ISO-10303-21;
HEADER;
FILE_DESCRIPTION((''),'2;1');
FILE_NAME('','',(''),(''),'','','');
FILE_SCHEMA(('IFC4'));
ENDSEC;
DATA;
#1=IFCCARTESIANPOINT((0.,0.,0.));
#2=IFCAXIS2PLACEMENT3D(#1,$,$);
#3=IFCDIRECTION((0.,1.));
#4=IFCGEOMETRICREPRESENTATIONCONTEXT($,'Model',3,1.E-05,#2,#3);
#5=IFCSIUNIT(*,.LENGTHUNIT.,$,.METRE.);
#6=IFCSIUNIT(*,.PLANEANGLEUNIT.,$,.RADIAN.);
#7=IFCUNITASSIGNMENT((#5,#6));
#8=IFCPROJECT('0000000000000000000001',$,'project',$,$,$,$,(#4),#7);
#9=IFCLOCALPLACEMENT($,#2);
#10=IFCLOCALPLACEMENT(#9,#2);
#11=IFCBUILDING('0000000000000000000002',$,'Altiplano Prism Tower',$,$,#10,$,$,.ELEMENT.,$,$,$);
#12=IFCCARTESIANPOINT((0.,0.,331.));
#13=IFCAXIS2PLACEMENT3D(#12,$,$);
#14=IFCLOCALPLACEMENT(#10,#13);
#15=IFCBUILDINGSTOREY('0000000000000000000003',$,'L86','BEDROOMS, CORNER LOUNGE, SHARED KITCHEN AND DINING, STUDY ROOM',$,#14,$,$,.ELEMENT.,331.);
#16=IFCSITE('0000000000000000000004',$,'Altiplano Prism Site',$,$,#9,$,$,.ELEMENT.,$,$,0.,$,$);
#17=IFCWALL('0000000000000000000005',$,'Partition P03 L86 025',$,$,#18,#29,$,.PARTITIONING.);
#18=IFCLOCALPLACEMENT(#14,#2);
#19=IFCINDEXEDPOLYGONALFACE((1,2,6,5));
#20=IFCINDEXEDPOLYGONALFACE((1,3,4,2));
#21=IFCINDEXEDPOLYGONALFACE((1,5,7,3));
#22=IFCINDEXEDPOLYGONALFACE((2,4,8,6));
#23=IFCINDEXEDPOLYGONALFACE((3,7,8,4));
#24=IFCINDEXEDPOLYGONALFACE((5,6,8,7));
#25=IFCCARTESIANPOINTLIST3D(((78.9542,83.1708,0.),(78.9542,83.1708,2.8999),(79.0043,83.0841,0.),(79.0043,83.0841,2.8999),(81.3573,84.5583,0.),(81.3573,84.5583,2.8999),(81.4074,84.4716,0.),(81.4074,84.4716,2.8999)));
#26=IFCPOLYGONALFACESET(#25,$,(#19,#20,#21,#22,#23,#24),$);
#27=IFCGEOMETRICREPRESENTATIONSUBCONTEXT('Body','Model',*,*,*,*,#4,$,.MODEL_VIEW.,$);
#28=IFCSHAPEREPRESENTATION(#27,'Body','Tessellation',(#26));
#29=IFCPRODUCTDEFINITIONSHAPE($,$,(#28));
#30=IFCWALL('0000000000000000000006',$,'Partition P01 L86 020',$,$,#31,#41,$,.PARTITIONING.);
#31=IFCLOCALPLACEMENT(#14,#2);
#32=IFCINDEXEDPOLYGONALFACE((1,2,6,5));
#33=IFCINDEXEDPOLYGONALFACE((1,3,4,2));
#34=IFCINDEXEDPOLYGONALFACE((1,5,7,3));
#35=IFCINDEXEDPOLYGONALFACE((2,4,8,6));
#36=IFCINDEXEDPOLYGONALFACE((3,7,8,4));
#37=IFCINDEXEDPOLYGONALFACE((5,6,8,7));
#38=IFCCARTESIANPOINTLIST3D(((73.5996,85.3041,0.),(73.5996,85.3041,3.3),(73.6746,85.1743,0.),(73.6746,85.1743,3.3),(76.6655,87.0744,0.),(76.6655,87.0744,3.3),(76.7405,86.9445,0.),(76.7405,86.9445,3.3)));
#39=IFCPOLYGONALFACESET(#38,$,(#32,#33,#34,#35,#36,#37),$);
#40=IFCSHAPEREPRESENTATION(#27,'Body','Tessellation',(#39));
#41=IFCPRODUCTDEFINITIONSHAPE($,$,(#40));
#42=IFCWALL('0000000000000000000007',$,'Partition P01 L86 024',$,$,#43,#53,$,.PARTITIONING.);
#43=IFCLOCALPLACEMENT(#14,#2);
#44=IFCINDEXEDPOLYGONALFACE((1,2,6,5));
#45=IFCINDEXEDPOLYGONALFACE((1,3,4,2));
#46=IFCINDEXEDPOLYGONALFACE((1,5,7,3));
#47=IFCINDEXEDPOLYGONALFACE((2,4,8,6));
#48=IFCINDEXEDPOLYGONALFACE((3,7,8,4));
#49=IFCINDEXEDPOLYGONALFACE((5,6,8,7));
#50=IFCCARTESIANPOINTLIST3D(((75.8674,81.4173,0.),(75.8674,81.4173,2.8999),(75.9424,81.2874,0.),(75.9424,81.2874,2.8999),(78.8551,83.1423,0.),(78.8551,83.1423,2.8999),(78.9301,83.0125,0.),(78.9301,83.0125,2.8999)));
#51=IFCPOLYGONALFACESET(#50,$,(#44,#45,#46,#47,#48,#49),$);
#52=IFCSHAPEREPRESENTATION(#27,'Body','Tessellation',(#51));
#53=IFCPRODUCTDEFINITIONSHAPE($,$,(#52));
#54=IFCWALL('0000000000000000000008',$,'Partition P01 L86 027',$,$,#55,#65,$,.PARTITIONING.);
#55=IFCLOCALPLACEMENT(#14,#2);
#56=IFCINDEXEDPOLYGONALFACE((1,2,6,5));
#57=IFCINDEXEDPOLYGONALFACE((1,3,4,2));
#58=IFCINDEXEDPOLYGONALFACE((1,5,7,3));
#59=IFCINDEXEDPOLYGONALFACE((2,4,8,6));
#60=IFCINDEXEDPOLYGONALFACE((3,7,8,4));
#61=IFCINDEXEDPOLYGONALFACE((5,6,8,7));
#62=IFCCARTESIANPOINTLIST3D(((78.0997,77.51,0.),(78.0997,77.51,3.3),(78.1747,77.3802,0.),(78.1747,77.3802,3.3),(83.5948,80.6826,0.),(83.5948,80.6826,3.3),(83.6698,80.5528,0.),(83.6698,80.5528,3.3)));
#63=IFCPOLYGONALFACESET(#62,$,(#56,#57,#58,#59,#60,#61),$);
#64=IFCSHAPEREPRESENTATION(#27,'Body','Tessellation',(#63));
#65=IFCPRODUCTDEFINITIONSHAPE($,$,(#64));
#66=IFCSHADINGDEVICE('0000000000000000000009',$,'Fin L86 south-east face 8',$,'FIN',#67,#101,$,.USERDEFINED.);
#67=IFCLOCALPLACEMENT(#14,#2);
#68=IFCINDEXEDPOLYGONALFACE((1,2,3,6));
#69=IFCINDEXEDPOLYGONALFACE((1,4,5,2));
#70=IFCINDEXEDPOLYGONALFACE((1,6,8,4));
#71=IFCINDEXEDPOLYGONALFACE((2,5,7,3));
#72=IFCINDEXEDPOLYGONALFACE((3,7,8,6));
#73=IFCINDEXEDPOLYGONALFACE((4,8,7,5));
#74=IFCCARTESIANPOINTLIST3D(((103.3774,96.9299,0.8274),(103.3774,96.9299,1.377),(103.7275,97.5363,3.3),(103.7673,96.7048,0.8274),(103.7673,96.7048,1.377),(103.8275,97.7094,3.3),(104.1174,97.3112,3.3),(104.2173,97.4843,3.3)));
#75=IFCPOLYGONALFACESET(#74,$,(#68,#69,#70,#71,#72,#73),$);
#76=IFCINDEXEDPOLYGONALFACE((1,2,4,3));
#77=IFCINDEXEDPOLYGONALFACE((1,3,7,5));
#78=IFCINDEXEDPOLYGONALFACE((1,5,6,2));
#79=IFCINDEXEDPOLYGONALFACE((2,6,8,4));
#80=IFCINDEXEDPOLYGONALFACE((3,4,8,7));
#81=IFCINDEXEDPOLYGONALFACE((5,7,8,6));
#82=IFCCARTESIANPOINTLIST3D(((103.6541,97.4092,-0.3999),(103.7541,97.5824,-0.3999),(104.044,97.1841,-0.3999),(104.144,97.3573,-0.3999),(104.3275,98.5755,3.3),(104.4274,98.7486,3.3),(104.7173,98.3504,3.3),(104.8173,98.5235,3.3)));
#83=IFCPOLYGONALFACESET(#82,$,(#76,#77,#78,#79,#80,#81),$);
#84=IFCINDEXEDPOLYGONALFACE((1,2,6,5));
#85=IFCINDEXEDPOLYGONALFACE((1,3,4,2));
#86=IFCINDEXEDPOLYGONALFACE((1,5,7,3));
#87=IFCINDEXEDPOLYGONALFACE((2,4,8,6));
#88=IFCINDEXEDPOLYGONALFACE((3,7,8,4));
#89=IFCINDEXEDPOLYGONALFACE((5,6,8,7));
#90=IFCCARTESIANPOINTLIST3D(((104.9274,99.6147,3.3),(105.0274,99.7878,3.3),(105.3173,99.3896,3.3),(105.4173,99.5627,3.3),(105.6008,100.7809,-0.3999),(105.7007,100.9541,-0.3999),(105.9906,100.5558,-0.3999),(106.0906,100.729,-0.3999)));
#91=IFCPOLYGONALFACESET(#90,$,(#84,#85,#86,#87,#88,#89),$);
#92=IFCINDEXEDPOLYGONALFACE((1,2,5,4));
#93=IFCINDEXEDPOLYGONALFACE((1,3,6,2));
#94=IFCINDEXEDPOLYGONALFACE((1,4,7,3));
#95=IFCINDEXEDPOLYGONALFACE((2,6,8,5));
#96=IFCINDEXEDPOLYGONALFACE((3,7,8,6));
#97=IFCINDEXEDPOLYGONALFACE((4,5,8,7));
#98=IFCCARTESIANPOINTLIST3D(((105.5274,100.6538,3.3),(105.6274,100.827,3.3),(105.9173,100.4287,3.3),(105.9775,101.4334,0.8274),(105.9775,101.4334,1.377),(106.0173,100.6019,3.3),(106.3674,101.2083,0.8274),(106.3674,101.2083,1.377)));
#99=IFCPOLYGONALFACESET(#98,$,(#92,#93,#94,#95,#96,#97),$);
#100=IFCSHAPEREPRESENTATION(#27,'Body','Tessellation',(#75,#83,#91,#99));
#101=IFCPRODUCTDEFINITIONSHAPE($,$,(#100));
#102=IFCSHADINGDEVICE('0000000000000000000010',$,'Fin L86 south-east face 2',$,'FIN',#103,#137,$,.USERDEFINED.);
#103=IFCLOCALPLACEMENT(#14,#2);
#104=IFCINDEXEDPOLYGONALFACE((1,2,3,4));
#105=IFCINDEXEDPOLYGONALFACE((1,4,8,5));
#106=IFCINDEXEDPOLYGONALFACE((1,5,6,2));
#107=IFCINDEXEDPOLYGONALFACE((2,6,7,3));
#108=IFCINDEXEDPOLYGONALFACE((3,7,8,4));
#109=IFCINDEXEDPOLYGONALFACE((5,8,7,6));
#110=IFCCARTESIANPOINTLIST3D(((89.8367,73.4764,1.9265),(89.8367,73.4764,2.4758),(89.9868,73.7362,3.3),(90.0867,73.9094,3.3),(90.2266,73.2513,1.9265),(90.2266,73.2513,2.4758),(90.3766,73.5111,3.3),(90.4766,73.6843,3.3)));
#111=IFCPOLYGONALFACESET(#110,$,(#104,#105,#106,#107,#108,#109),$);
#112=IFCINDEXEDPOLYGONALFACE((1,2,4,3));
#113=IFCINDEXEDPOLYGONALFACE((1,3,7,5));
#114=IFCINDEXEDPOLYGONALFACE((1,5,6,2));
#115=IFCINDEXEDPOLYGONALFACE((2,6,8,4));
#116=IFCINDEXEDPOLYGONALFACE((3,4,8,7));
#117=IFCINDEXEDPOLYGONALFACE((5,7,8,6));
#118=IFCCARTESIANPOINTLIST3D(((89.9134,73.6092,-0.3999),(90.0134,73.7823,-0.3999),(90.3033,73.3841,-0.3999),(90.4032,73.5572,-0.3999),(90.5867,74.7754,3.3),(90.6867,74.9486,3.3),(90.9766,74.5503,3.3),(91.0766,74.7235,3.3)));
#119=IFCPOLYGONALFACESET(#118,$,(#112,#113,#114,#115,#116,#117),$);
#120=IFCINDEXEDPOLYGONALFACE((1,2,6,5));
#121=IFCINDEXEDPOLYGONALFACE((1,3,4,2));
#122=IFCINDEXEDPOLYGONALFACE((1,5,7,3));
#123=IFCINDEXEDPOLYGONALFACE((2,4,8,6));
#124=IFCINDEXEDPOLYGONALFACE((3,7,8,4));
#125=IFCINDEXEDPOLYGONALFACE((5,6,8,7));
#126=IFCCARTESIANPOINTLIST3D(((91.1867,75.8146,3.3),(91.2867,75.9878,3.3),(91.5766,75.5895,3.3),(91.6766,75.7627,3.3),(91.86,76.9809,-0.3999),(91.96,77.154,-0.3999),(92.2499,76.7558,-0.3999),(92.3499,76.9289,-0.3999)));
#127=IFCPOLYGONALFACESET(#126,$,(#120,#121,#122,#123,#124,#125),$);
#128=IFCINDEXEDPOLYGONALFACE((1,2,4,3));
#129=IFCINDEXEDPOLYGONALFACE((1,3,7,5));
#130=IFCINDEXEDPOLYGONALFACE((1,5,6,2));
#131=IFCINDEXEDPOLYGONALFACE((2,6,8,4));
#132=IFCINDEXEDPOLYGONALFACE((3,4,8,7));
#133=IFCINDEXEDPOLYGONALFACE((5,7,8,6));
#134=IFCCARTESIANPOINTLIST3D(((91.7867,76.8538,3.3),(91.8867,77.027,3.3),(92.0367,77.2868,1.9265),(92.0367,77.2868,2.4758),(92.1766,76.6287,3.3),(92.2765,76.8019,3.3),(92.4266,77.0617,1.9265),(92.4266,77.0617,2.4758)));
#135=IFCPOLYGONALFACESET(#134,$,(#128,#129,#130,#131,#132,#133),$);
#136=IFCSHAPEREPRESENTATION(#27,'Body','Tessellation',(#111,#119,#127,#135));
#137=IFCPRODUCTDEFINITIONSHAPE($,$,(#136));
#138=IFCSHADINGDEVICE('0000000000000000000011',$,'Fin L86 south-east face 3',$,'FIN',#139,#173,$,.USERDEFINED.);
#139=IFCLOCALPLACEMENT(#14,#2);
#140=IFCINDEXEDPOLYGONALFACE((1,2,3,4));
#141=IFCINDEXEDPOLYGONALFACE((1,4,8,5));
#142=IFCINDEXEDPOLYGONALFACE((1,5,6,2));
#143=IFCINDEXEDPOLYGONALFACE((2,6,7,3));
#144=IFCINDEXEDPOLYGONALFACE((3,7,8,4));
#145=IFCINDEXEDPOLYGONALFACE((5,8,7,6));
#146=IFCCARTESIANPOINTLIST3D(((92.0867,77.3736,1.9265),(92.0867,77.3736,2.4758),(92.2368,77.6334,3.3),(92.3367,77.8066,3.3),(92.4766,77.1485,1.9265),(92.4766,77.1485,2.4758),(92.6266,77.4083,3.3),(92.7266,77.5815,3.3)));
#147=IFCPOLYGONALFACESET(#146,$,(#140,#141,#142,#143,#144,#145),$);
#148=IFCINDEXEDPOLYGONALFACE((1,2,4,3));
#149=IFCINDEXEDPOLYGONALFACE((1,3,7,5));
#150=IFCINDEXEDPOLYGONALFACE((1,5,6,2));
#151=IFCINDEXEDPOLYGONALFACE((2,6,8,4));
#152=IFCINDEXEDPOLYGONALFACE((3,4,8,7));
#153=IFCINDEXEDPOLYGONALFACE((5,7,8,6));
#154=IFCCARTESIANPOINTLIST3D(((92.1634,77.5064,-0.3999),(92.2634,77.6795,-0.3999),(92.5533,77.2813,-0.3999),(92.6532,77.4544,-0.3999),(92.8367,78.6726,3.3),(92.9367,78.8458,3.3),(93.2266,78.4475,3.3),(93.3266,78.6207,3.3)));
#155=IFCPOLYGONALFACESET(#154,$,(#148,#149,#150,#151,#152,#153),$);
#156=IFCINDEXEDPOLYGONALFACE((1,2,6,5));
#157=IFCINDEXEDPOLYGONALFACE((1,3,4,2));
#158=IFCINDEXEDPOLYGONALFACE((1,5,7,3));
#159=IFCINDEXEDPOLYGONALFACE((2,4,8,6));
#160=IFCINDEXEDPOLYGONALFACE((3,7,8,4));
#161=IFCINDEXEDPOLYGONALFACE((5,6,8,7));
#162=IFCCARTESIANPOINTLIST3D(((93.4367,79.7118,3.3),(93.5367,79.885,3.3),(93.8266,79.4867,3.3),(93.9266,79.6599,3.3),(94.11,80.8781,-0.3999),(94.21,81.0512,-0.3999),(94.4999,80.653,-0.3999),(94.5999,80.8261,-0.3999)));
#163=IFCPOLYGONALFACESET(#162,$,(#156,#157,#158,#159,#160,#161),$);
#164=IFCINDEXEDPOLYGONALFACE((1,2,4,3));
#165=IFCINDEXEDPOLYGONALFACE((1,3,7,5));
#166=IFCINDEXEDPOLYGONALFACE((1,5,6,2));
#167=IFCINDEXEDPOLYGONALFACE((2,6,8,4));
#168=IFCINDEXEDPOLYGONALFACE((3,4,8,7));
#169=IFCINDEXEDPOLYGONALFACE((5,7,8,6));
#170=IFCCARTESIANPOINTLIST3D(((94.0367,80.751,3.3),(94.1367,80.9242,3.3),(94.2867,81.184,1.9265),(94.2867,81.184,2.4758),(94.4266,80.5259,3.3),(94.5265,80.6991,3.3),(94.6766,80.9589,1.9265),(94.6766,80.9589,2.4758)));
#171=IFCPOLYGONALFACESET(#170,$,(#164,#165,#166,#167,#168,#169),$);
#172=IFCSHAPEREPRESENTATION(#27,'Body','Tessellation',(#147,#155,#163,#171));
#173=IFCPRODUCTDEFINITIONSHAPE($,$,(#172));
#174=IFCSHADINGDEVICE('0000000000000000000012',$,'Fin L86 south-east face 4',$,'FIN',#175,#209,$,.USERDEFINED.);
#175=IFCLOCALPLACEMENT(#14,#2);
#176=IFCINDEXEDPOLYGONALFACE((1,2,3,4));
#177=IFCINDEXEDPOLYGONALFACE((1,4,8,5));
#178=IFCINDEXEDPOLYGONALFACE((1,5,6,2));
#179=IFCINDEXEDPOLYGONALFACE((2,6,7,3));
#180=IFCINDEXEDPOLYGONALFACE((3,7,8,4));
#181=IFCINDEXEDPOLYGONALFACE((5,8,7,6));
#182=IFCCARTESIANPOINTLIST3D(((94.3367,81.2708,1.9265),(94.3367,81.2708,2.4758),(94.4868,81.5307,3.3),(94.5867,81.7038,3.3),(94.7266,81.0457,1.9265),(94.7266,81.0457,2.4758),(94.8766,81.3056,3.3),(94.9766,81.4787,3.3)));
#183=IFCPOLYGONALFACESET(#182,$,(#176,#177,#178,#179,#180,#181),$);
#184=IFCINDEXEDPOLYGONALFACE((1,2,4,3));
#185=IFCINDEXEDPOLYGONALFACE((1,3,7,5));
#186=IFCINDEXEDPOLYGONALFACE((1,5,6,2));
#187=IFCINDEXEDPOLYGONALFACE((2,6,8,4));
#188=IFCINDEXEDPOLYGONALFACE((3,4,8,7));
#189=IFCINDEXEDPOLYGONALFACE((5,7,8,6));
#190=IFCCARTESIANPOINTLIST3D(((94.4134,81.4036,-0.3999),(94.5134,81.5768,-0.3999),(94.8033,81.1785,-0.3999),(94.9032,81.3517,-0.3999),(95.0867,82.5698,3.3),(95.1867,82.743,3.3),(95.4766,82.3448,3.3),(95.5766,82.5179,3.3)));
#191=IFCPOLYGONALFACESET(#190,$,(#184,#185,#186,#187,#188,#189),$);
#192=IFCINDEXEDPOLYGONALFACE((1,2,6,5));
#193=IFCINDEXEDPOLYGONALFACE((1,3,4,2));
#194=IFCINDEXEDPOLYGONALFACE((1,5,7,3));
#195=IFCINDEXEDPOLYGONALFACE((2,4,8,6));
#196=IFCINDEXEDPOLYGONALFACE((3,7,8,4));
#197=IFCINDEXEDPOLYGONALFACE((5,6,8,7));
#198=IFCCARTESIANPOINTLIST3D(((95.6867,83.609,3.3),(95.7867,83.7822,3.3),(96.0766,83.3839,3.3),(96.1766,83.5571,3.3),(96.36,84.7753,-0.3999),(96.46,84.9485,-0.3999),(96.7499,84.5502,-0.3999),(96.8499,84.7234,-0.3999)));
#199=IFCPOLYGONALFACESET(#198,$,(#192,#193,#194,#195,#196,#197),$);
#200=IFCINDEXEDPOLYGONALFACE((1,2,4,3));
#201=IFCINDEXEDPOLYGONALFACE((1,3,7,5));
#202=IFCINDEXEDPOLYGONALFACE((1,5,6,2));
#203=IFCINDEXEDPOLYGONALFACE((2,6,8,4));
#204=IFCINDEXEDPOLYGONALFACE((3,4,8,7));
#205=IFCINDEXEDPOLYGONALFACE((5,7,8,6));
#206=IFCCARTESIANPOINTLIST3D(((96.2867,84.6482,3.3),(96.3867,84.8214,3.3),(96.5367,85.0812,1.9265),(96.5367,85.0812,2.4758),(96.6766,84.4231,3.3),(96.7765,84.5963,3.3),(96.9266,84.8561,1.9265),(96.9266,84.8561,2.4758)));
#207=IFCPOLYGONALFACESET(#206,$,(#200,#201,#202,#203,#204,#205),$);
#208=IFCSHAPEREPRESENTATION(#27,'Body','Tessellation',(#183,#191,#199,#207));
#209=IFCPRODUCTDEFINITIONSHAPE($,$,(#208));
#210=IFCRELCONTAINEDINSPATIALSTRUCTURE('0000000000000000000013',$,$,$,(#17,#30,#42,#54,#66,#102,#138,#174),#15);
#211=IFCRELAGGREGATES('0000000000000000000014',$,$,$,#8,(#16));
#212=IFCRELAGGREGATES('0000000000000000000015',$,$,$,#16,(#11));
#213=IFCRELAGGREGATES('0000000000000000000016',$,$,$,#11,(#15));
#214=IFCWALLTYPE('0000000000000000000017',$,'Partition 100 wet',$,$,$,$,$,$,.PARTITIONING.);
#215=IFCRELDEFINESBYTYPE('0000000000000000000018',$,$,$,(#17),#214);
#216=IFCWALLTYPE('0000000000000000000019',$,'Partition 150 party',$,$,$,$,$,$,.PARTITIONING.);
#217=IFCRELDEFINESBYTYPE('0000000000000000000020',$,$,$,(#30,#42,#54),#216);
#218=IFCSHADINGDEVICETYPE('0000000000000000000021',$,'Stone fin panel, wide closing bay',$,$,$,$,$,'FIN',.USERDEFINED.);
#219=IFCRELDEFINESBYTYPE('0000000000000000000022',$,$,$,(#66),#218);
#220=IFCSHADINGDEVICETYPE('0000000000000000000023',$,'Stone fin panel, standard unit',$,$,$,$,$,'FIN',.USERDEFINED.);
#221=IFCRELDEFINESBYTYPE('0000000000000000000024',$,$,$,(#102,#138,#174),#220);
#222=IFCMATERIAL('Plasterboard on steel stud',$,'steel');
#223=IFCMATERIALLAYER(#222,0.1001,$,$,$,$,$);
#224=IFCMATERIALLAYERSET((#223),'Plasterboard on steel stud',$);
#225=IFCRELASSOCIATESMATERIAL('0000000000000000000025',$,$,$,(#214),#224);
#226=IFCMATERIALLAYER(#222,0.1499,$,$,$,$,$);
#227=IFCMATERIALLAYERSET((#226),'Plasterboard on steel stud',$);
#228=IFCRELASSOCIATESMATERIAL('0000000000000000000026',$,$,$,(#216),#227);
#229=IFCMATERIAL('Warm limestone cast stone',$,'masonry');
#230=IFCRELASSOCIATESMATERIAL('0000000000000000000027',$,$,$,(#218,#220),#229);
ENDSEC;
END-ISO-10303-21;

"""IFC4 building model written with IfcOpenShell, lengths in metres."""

from ifc_helpers import new_model, si_unit, direction, frame, frame_2d, origin, place, context, subcontext, project, spatial, polyline, rectangle, outline, extrude, source, transform, mapped, material, layer, layer_set, type_object, element, save


model = new_model("IFC4")

# Units and contexts
model_context = context("Model", 3, precision=1e-05, world=origin(), true_north=direction((0.0, 1.0)))
body_context = subcontext(model_context, "Body", "Model", "MODEL_VIEW")
ifc_project = project(units=[si_unit("LENGTHUNIT", "METRE"), si_unit("PLANEANGLEUNIT", "RADIAN")], contexts=[model_context])

# Site, building, storey
site_placement = place(None, origin())
site = spatial("IfcSite", under=ifc_project, at=site_placement, Name="Altiplano Prism Site", CompositionType="ELEMENT", RefElevation=0.0)
building_placement = place(site_placement, origin())
building = spatial("IfcBuilding", under=site, at=building_placement, Name="Altiplano Prism Tower", CompositionType="ELEMENT")
storey_placement = place(building_placement, frame((0.0, 0.0, 331.0)))
storey = spatial("IfcBuildingStorey", under=building, at=storey_placement, Name="L86", Description="BEDROOMS, CORNER LOUNGE, SHARED KITCHEN AND DINING, STUDY ROOM", CompositionType="ELEMENT", Elevation=331.0)

# Walls
ifc_material_1 = material(Name="Plasterboard on steel stud", Category="steel")
ifc_layer_1 = layer(ifc_material_1, 0.1001)
ifc_layer_set_1 = layer_set([ifc_layer_1], Name="Plasterboard on steel stud")
wall_type_1 = type_object("IfcWallType", Name="Partition 100 wet", PredefinedType="PARTITIONING", material=ifc_layer_set_1)
wall_1_placement = place(storey_placement, frame((78.9792, 83.1274, 0.0), z_axis=(0.0, 0.0, 1.0), x_axis=(0.86602, 0.500009, 0.0)))
element("IfcWall", 1, at=wall_1_placement, inside=storey, type_object=wall_type_1, Name="Partition P03 L86 025", PredefinedType="PARTITIONING", context=body_context, shape_type="SweptSolid", body=[
    extrude(rectangle(XDim=2.7749, YDim=0.1001, at=frame_2d((1.3875, 0.0))), origin(), (0.0, 0.0, 1.0), 2.8999),
])
ifc_layer_2 = layer(ifc_material_1, 0.1499)
ifc_layer_set_2 = layer_set([ifc_layer_2], Name="Plasterboard on steel stud")
wall_type_2 = type_object("IfcWallType", Name="Partition 150 party", PredefinedType="PARTITIONING", material=ifc_layer_set_2)
wall_2_placement = place(storey_placement, frame((73.6372, 85.2393, 0.0), z_axis=(0.0, 0.0, 1.0), x_axis=(0.866006, 0.500033, 0.0)))
element("IfcWall", 2, at=wall_2_placement, inside=storey, type_object=wall_type_2, Name="Partition P01 L86 020", PredefinedType="PARTITIONING", context=body_context, shape_type="SweptSolid", body=[
    extrude(rectangle(XDim=3.5403, YDim=0.1499, at=frame_2d((1.77, 0.0))), origin(), (0.0, 0.0, 1.0), 3.3),
])
wall_3_placement = place(storey_placement, frame((75.9048, 81.3523, 0.0), z_axis=(0.0, 0.0, 1.0), x_axis=(0.866014, 0.500021, 0.0)))
element("IfcWall", 3, at=wall_3_placement, inside=storey, type_object=wall_type_2, Name="Partition P01 L86 024", PredefinedType="PARTITIONING", context=body_context, shape_type="SweptSolid", body=[
    extrude(rectangle(XDim=3.45, YDim=0.1499, at=frame_2d((1.7251, 0.0))), origin(), (0.0, 0.0, 1.0), 2.8999),
])
wall_4_placement = place(storey_placement, frame((78.1372, 77.4451, 0.0), z_axis=(0.0, 0.0, 1.0), x_axis=(0.866025, 0.5, 0.0)))
element("IfcWall", 4, at=wall_4_placement, inside=storey, type_object=wall_type_2, Name="Partition P01 L86 027", PredefinedType="PARTITIONING", context=body_context, shape_type="SweptSolid", body=[
    extrude(rectangle(XDim=6.3452, YDim=0.1499, at=frame_2d((3.1726, 0.0))), origin(), (0.0, 0.0, 1.0), 3.3),
])

# Shading devices
ifc_material_2 = material(Name="Warm limestone cast stone", Category="masonry")
shading_device_type_1 = type_object("IfcShadingDeviceType", Name="Stone fin panel, wide closing bay", ElementType="FIN", PredefinedType="USERDEFINED", material=ifc_material_2)
shared_shape_1 = source(origin(), body_context, "Body", "SweptSolid", [
    extrude(outline(polyline([(-2.6001, 1.2273), (-1.7, 3.7), (-1.8999, 3.7), (-2.6001, 1.7769), (-2.6001, 1.2273)])), frame((0.0, -0.1499, 0.0), z_axis=(0.0, -1.0, 0.0), x_axis=(1.0, 0.0, 0.0)), (0.0, 0.0, 1.0), 0.4502),
    extrude(outline(polyline([(-2.0466, 0.0), (-1.8467, 0.0), (-0.5, 3.7), (-0.7, 3.7), (-2.0466, 0.0)])), frame((0.0, -0.1499, 0.0), z_axis=(0.0, -1.0, 0.0), x_axis=(1.0, 0.0, 0.0)), (0.0, 0.0, 1.0), 0.4502),
    extrude(outline(polyline([(1.8467, 0.0), (2.0466, 0.0), (0.7, 3.7), (0.5, 3.7), (1.8467, 0.0)])), frame((0.0, -0.1499, 0.0), z_axis=(0.0, -1.0, 0.0), x_axis=(1.0, 0.0, 0.0)), (0.0, 0.0, 1.0), 0.4502),
    extrude(outline(polyline([(2.6001, 1.7769), (1.8999, 3.7), (1.7, 3.7), (2.6001, 1.2273), (2.6001, 1.7769)])), frame((0.0, -0.1499, 0.0), z_axis=(0.0, -1.0, 0.0), x_axis=(1.0, 0.0, 0.0)), (0.0, 0.0, 1.0), 0.4502),
])
shading_device_1_placement = place(storey_placement, origin())
element("IfcShadingDevice", 5, at=shading_device_1_placement, inside=storey, type_object=shading_device_type_1, Name="Fin L86 south-east face 8", ObjectType="FIN", PredefinedType="USERDEFINED", context=body_context, shape_type="MappedRepresentation", body=[
    mapped(shared_shape_1, transform((104.5476, 99.2566, -0.3999), x_axis=(0.5, 0.866025, 0.0), y_axis=(-0.866025, 0.5, 0.0), z_axis=(0.0, 0.0, 1.0))),
])
shading_device_type_2 = type_object("IfcShadingDeviceType", Name="Stone fin panel, standard unit", ElementType="FIN", PredefinedType="USERDEFINED", material=ifc_material_2)
shared_shape_2 = source(origin(), body_context, "Body", "SweptSolid", [
    extrude(outline(polyline([(-2.2, 2.3264), (-1.7, 3.7), (-1.8999, 3.7), (-2.2, 2.8757), (-2.2, 2.3264)])), frame((0.0, -0.1499, 0.0), z_axis=(0.0, -1.0, 0.0), x_axis=(1.0, 0.0, 0.0)), (0.0, 0.0, 1.0), 0.4502),
    extrude(outline(polyline([(-2.0466, 0.0), (-1.8467, 0.0), (-0.5, 3.7), (-0.7, 3.7), (-2.0466, 0.0)])), frame((0.0, -0.1499, 0.0), z_axis=(0.0, -1.0, 0.0), x_axis=(1.0, 0.0, 0.0)), (0.0, 0.0, 1.0), 0.4502),
    extrude(outline(polyline([(1.8467, 0.0), (2.0466, 0.0), (0.7, 3.7), (0.5, 3.7), (1.8467, 0.0)])), frame((0.0, -0.1499, 0.0), z_axis=(0.0, -1.0, 0.0), x_axis=(1.0, 0.0, 0.0)), (0.0, 0.0, 1.0), 0.4502),
    extrude(outline(polyline([(2.2, 2.8757), (1.8999, 3.7), (1.7, 3.7), (2.2, 2.3264), (2.2, 2.8757)])), frame((0.0, -0.1499, 0.0), z_axis=(0.0, -1.0, 0.0), x_axis=(1.0, 0.0, 0.0)), (0.0, 0.0, 1.0), 0.4502),
])
shading_device_2_placement = place(storey_placement, origin())
element("IfcShadingDevice", 6, at=shading_device_2_placement, inside=storey, type_object=shading_device_type_2, Name="Fin L86 south-east face 2", ObjectType="FIN", PredefinedType="USERDEFINED", context=body_context, shape_type="MappedRepresentation", body=[
    mapped(shared_shape_2, transform((90.8069, 75.4565, -0.3999), x_axis=(0.5, 0.866025, 0.0), y_axis=(-0.866025, 0.5, 0.0), z_axis=(0.0, 0.0, 1.0))),
])
shading_device_3_placement = place(storey_placement, origin())
element("IfcShadingDevice", 7, at=shading_device_3_placement, inside=storey, type_object=shading_device_type_2, Name="Fin L86 south-east face 3", ObjectType="FIN", PredefinedType="USERDEFINED", context=body_context, shape_type="MappedRepresentation", body=[
    mapped(shared_shape_2, transform((93.0569, 79.3538, -0.3999), x_axis=(0.5, 0.866025, 0.0), y_axis=(-0.866025, 0.5, 0.0), z_axis=(0.0, 0.0, 1.0))),
])
shading_device_4_placement = place(storey_placement, origin())
element("IfcShadingDevice", 8, at=shading_device_4_placement, inside=storey, type_object=shading_device_type_2, Name="Fin L86 south-east face 4", ObjectType="FIN", PredefinedType="USERDEFINED", context=body_context, shape_type="MappedRepresentation", body=[
    mapped(shared_shape_2, transform((95.3069, 83.251, -0.3999), x_axis=(0.5, 0.866025, 0.0), y_axis=(-0.866025, 0.5, 0.0), z_axis=(0.0, 0.0, 1.0))),
])

save(model, "model.ifc")
